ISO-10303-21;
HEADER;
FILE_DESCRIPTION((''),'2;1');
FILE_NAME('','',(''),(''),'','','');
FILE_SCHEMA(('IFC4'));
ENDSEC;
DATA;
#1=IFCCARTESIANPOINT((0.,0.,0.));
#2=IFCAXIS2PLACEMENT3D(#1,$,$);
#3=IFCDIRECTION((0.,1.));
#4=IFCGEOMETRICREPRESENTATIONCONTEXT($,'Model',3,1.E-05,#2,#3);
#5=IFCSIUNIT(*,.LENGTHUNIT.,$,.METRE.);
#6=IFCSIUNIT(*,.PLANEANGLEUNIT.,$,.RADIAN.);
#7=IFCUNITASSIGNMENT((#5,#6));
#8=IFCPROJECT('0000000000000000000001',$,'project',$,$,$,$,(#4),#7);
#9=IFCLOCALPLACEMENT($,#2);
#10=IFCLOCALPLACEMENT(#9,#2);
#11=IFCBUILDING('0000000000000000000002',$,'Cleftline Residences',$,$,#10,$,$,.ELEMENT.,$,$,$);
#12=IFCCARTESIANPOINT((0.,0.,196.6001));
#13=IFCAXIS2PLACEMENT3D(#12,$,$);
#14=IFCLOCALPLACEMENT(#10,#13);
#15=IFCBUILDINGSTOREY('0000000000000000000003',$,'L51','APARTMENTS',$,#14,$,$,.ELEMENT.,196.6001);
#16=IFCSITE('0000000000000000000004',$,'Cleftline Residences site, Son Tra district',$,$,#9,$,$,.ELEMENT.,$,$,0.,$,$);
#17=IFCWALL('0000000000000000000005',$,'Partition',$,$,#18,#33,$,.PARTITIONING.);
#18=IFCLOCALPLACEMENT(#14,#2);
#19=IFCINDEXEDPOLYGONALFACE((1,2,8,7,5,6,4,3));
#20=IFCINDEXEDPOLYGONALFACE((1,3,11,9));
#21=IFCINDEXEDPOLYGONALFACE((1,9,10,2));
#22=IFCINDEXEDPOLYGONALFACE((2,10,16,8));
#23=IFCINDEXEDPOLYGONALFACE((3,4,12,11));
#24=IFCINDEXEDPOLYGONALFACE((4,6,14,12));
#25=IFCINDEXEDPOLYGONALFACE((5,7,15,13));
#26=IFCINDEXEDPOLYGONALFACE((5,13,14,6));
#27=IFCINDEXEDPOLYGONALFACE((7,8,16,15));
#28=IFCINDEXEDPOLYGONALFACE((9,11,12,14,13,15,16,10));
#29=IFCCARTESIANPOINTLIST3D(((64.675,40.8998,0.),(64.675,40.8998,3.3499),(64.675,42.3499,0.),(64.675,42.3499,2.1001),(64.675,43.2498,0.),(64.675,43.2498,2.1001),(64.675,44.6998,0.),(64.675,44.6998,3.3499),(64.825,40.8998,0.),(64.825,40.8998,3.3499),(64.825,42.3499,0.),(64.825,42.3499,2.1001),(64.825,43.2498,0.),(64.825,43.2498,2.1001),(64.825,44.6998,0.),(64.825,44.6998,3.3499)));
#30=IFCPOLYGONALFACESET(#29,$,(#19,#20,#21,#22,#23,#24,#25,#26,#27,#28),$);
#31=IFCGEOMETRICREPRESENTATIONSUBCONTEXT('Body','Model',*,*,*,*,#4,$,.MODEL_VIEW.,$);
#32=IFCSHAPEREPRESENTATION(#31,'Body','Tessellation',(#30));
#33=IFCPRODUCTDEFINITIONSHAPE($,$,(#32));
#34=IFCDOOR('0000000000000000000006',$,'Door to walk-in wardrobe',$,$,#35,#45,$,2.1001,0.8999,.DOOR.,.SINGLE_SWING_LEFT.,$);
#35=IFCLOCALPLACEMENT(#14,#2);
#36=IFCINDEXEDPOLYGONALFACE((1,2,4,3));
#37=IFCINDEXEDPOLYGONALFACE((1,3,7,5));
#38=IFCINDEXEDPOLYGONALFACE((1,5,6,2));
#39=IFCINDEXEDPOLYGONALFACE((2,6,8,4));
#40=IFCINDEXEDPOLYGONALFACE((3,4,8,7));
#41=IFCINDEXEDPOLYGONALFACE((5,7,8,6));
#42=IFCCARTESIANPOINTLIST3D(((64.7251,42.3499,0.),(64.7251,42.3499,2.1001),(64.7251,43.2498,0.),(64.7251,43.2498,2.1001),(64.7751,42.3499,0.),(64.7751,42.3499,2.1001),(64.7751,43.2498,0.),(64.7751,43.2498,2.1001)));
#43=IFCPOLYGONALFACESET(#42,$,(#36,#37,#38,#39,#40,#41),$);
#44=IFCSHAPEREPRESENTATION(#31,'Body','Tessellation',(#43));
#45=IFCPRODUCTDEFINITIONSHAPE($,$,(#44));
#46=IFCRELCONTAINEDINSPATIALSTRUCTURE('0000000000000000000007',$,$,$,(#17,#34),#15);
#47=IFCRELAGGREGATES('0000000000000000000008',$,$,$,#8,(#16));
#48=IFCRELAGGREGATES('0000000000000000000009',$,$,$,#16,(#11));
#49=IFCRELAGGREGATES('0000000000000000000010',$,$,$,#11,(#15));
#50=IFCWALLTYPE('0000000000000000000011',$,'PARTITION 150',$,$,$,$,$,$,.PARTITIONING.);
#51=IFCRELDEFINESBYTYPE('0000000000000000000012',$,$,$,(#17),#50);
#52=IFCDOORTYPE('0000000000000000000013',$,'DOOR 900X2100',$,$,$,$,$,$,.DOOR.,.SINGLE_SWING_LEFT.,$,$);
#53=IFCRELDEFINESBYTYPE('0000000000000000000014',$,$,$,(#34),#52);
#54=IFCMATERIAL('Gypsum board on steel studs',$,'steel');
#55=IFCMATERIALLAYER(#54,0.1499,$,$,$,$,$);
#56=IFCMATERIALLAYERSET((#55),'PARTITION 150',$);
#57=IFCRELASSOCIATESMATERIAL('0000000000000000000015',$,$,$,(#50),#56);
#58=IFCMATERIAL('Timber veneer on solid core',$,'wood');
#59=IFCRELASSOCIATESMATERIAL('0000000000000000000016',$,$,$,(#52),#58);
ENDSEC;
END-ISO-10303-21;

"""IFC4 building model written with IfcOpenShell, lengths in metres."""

from ifc_helpers import new_model, si_unit, direction, frame, frame_2d, origin, place, context, subcontext, project, spatial, rectangle, extrude, material, layer, layer_set, type_object, element, fill, save


model = new_model("IFC4")

# Units and contexts
model_context = context("Model", 3, precision=1e-05, world=origin(), true_north=direction((0.0, 1.0)))
body_context = subcontext(model_context, "Body", "Model", "MODEL_VIEW")
ifc_project = project(units=[si_unit("LENGTHUNIT", "METRE"), si_unit("PLANEANGLEUNIT", "RADIAN")], contexts=[model_context])

# Site, building, storey
site_placement = place(None, origin())
site = spatial("IfcSite", under=ifc_project, at=site_placement, Name="Cleftline Residences site, Son Tra district", CompositionType="ELEMENT", RefElevation=0.0)
building_placement = place(site_placement, origin())
building = spatial("IfcBuilding", under=site, at=building_placement, Name="Cleftline Residences", CompositionType="ELEMENT")
storey_placement = place(building_placement, frame((0.0, 0.0, 196.6001)))
storey = spatial("IfcBuildingStorey", under=building, at=storey_placement, Name="L51", Description="APARTMENTS", CompositionType="ELEMENT", Elevation=196.6001)

# Shared definitions
ifc_material_1 = material(Name="Gypsum board on steel studs", Category="steel")
ifc_layer_1 = layer(ifc_material_1, 0.1499)
ifc_layer_set_1 = layer_set([ifc_layer_1], Name="PARTITION 150")
wall_type_1 = type_object("IfcWallType", Name="PARTITION 150", PredefinedType="PARTITIONING", material=ifc_layer_set_1)

# Wall, opening, door
wall_1_placement = place(storey_placement, frame((64.75, 40.8999, 0.0), z_axis=(0.0, 0.0, 1.0), x_axis=(0.0, 1.0, 0.0)))
wall_1 = element("IfcWall", 1, at=wall_1_placement, inside=storey, type_object=wall_type_1, Name="Partition", PredefinedType="PARTITIONING", context=body_context, shape_type="SweptSolid", body=[
    extrude(rectangle(XDim=3.8, YDim=0.1499, at=frame_2d((1.8999, 0.0))), origin(), (0.0, 0.0, 1.0), 3.3499),
])
opening_1_placement = place(wall_1_placement, frame((1.45, 0.0, 0.0)))
opening_1 = element("IfcOpeningElement", 2, at=opening_1_placement, cuts=wall_1, PredefinedType="OPENING", context=body_context, shape_type="SweptSolid", body=[
    extrude(rectangle(XDim=0.8999, YDim=2.1001, at=frame_2d((0.45, 1.05))), frame((0.0, 0.085, 0.0), z_axis=(0.0, -1.0, 0.0), x_axis=(1.0, 0.0, 0.0)), (0.0, 0.0, 1.0), 0.1699),
])
ifc_material_2 = material(Name="Timber veneer on solid core", Category="wood")
door_type = type_object("IfcDoorType", Name="DOOR 900X2100", OperationType="SINGLE_SWING_LEFT", PredefinedType="DOOR", material=ifc_material_2)
door_placement = place(opening_1_placement, origin())
door = element("IfcDoor", 3, at=door_placement, inside=storey, type_object=door_type, Name="Door to walk-in wardrobe", OperationType="SINGLE_SWING_LEFT", OverallHeight=2.1001, OverallWidth=0.8999, PredefinedType="DOOR", context=body_context, shape_type="SweptSolid", body=[
    extrude(rectangle(XDim=0.8999, YDim=2.1001, at=frame_2d((0.45, 1.05))), frame((0.0, 0.0249, 0.0), z_axis=(0.0, -1.0, 0.0), x_axis=(1.0, 0.0, 0.0)), (0.0, 0.0, 1.0), 0.05),
])
fill(opening_1, door)

save(model, "model.ifc")
